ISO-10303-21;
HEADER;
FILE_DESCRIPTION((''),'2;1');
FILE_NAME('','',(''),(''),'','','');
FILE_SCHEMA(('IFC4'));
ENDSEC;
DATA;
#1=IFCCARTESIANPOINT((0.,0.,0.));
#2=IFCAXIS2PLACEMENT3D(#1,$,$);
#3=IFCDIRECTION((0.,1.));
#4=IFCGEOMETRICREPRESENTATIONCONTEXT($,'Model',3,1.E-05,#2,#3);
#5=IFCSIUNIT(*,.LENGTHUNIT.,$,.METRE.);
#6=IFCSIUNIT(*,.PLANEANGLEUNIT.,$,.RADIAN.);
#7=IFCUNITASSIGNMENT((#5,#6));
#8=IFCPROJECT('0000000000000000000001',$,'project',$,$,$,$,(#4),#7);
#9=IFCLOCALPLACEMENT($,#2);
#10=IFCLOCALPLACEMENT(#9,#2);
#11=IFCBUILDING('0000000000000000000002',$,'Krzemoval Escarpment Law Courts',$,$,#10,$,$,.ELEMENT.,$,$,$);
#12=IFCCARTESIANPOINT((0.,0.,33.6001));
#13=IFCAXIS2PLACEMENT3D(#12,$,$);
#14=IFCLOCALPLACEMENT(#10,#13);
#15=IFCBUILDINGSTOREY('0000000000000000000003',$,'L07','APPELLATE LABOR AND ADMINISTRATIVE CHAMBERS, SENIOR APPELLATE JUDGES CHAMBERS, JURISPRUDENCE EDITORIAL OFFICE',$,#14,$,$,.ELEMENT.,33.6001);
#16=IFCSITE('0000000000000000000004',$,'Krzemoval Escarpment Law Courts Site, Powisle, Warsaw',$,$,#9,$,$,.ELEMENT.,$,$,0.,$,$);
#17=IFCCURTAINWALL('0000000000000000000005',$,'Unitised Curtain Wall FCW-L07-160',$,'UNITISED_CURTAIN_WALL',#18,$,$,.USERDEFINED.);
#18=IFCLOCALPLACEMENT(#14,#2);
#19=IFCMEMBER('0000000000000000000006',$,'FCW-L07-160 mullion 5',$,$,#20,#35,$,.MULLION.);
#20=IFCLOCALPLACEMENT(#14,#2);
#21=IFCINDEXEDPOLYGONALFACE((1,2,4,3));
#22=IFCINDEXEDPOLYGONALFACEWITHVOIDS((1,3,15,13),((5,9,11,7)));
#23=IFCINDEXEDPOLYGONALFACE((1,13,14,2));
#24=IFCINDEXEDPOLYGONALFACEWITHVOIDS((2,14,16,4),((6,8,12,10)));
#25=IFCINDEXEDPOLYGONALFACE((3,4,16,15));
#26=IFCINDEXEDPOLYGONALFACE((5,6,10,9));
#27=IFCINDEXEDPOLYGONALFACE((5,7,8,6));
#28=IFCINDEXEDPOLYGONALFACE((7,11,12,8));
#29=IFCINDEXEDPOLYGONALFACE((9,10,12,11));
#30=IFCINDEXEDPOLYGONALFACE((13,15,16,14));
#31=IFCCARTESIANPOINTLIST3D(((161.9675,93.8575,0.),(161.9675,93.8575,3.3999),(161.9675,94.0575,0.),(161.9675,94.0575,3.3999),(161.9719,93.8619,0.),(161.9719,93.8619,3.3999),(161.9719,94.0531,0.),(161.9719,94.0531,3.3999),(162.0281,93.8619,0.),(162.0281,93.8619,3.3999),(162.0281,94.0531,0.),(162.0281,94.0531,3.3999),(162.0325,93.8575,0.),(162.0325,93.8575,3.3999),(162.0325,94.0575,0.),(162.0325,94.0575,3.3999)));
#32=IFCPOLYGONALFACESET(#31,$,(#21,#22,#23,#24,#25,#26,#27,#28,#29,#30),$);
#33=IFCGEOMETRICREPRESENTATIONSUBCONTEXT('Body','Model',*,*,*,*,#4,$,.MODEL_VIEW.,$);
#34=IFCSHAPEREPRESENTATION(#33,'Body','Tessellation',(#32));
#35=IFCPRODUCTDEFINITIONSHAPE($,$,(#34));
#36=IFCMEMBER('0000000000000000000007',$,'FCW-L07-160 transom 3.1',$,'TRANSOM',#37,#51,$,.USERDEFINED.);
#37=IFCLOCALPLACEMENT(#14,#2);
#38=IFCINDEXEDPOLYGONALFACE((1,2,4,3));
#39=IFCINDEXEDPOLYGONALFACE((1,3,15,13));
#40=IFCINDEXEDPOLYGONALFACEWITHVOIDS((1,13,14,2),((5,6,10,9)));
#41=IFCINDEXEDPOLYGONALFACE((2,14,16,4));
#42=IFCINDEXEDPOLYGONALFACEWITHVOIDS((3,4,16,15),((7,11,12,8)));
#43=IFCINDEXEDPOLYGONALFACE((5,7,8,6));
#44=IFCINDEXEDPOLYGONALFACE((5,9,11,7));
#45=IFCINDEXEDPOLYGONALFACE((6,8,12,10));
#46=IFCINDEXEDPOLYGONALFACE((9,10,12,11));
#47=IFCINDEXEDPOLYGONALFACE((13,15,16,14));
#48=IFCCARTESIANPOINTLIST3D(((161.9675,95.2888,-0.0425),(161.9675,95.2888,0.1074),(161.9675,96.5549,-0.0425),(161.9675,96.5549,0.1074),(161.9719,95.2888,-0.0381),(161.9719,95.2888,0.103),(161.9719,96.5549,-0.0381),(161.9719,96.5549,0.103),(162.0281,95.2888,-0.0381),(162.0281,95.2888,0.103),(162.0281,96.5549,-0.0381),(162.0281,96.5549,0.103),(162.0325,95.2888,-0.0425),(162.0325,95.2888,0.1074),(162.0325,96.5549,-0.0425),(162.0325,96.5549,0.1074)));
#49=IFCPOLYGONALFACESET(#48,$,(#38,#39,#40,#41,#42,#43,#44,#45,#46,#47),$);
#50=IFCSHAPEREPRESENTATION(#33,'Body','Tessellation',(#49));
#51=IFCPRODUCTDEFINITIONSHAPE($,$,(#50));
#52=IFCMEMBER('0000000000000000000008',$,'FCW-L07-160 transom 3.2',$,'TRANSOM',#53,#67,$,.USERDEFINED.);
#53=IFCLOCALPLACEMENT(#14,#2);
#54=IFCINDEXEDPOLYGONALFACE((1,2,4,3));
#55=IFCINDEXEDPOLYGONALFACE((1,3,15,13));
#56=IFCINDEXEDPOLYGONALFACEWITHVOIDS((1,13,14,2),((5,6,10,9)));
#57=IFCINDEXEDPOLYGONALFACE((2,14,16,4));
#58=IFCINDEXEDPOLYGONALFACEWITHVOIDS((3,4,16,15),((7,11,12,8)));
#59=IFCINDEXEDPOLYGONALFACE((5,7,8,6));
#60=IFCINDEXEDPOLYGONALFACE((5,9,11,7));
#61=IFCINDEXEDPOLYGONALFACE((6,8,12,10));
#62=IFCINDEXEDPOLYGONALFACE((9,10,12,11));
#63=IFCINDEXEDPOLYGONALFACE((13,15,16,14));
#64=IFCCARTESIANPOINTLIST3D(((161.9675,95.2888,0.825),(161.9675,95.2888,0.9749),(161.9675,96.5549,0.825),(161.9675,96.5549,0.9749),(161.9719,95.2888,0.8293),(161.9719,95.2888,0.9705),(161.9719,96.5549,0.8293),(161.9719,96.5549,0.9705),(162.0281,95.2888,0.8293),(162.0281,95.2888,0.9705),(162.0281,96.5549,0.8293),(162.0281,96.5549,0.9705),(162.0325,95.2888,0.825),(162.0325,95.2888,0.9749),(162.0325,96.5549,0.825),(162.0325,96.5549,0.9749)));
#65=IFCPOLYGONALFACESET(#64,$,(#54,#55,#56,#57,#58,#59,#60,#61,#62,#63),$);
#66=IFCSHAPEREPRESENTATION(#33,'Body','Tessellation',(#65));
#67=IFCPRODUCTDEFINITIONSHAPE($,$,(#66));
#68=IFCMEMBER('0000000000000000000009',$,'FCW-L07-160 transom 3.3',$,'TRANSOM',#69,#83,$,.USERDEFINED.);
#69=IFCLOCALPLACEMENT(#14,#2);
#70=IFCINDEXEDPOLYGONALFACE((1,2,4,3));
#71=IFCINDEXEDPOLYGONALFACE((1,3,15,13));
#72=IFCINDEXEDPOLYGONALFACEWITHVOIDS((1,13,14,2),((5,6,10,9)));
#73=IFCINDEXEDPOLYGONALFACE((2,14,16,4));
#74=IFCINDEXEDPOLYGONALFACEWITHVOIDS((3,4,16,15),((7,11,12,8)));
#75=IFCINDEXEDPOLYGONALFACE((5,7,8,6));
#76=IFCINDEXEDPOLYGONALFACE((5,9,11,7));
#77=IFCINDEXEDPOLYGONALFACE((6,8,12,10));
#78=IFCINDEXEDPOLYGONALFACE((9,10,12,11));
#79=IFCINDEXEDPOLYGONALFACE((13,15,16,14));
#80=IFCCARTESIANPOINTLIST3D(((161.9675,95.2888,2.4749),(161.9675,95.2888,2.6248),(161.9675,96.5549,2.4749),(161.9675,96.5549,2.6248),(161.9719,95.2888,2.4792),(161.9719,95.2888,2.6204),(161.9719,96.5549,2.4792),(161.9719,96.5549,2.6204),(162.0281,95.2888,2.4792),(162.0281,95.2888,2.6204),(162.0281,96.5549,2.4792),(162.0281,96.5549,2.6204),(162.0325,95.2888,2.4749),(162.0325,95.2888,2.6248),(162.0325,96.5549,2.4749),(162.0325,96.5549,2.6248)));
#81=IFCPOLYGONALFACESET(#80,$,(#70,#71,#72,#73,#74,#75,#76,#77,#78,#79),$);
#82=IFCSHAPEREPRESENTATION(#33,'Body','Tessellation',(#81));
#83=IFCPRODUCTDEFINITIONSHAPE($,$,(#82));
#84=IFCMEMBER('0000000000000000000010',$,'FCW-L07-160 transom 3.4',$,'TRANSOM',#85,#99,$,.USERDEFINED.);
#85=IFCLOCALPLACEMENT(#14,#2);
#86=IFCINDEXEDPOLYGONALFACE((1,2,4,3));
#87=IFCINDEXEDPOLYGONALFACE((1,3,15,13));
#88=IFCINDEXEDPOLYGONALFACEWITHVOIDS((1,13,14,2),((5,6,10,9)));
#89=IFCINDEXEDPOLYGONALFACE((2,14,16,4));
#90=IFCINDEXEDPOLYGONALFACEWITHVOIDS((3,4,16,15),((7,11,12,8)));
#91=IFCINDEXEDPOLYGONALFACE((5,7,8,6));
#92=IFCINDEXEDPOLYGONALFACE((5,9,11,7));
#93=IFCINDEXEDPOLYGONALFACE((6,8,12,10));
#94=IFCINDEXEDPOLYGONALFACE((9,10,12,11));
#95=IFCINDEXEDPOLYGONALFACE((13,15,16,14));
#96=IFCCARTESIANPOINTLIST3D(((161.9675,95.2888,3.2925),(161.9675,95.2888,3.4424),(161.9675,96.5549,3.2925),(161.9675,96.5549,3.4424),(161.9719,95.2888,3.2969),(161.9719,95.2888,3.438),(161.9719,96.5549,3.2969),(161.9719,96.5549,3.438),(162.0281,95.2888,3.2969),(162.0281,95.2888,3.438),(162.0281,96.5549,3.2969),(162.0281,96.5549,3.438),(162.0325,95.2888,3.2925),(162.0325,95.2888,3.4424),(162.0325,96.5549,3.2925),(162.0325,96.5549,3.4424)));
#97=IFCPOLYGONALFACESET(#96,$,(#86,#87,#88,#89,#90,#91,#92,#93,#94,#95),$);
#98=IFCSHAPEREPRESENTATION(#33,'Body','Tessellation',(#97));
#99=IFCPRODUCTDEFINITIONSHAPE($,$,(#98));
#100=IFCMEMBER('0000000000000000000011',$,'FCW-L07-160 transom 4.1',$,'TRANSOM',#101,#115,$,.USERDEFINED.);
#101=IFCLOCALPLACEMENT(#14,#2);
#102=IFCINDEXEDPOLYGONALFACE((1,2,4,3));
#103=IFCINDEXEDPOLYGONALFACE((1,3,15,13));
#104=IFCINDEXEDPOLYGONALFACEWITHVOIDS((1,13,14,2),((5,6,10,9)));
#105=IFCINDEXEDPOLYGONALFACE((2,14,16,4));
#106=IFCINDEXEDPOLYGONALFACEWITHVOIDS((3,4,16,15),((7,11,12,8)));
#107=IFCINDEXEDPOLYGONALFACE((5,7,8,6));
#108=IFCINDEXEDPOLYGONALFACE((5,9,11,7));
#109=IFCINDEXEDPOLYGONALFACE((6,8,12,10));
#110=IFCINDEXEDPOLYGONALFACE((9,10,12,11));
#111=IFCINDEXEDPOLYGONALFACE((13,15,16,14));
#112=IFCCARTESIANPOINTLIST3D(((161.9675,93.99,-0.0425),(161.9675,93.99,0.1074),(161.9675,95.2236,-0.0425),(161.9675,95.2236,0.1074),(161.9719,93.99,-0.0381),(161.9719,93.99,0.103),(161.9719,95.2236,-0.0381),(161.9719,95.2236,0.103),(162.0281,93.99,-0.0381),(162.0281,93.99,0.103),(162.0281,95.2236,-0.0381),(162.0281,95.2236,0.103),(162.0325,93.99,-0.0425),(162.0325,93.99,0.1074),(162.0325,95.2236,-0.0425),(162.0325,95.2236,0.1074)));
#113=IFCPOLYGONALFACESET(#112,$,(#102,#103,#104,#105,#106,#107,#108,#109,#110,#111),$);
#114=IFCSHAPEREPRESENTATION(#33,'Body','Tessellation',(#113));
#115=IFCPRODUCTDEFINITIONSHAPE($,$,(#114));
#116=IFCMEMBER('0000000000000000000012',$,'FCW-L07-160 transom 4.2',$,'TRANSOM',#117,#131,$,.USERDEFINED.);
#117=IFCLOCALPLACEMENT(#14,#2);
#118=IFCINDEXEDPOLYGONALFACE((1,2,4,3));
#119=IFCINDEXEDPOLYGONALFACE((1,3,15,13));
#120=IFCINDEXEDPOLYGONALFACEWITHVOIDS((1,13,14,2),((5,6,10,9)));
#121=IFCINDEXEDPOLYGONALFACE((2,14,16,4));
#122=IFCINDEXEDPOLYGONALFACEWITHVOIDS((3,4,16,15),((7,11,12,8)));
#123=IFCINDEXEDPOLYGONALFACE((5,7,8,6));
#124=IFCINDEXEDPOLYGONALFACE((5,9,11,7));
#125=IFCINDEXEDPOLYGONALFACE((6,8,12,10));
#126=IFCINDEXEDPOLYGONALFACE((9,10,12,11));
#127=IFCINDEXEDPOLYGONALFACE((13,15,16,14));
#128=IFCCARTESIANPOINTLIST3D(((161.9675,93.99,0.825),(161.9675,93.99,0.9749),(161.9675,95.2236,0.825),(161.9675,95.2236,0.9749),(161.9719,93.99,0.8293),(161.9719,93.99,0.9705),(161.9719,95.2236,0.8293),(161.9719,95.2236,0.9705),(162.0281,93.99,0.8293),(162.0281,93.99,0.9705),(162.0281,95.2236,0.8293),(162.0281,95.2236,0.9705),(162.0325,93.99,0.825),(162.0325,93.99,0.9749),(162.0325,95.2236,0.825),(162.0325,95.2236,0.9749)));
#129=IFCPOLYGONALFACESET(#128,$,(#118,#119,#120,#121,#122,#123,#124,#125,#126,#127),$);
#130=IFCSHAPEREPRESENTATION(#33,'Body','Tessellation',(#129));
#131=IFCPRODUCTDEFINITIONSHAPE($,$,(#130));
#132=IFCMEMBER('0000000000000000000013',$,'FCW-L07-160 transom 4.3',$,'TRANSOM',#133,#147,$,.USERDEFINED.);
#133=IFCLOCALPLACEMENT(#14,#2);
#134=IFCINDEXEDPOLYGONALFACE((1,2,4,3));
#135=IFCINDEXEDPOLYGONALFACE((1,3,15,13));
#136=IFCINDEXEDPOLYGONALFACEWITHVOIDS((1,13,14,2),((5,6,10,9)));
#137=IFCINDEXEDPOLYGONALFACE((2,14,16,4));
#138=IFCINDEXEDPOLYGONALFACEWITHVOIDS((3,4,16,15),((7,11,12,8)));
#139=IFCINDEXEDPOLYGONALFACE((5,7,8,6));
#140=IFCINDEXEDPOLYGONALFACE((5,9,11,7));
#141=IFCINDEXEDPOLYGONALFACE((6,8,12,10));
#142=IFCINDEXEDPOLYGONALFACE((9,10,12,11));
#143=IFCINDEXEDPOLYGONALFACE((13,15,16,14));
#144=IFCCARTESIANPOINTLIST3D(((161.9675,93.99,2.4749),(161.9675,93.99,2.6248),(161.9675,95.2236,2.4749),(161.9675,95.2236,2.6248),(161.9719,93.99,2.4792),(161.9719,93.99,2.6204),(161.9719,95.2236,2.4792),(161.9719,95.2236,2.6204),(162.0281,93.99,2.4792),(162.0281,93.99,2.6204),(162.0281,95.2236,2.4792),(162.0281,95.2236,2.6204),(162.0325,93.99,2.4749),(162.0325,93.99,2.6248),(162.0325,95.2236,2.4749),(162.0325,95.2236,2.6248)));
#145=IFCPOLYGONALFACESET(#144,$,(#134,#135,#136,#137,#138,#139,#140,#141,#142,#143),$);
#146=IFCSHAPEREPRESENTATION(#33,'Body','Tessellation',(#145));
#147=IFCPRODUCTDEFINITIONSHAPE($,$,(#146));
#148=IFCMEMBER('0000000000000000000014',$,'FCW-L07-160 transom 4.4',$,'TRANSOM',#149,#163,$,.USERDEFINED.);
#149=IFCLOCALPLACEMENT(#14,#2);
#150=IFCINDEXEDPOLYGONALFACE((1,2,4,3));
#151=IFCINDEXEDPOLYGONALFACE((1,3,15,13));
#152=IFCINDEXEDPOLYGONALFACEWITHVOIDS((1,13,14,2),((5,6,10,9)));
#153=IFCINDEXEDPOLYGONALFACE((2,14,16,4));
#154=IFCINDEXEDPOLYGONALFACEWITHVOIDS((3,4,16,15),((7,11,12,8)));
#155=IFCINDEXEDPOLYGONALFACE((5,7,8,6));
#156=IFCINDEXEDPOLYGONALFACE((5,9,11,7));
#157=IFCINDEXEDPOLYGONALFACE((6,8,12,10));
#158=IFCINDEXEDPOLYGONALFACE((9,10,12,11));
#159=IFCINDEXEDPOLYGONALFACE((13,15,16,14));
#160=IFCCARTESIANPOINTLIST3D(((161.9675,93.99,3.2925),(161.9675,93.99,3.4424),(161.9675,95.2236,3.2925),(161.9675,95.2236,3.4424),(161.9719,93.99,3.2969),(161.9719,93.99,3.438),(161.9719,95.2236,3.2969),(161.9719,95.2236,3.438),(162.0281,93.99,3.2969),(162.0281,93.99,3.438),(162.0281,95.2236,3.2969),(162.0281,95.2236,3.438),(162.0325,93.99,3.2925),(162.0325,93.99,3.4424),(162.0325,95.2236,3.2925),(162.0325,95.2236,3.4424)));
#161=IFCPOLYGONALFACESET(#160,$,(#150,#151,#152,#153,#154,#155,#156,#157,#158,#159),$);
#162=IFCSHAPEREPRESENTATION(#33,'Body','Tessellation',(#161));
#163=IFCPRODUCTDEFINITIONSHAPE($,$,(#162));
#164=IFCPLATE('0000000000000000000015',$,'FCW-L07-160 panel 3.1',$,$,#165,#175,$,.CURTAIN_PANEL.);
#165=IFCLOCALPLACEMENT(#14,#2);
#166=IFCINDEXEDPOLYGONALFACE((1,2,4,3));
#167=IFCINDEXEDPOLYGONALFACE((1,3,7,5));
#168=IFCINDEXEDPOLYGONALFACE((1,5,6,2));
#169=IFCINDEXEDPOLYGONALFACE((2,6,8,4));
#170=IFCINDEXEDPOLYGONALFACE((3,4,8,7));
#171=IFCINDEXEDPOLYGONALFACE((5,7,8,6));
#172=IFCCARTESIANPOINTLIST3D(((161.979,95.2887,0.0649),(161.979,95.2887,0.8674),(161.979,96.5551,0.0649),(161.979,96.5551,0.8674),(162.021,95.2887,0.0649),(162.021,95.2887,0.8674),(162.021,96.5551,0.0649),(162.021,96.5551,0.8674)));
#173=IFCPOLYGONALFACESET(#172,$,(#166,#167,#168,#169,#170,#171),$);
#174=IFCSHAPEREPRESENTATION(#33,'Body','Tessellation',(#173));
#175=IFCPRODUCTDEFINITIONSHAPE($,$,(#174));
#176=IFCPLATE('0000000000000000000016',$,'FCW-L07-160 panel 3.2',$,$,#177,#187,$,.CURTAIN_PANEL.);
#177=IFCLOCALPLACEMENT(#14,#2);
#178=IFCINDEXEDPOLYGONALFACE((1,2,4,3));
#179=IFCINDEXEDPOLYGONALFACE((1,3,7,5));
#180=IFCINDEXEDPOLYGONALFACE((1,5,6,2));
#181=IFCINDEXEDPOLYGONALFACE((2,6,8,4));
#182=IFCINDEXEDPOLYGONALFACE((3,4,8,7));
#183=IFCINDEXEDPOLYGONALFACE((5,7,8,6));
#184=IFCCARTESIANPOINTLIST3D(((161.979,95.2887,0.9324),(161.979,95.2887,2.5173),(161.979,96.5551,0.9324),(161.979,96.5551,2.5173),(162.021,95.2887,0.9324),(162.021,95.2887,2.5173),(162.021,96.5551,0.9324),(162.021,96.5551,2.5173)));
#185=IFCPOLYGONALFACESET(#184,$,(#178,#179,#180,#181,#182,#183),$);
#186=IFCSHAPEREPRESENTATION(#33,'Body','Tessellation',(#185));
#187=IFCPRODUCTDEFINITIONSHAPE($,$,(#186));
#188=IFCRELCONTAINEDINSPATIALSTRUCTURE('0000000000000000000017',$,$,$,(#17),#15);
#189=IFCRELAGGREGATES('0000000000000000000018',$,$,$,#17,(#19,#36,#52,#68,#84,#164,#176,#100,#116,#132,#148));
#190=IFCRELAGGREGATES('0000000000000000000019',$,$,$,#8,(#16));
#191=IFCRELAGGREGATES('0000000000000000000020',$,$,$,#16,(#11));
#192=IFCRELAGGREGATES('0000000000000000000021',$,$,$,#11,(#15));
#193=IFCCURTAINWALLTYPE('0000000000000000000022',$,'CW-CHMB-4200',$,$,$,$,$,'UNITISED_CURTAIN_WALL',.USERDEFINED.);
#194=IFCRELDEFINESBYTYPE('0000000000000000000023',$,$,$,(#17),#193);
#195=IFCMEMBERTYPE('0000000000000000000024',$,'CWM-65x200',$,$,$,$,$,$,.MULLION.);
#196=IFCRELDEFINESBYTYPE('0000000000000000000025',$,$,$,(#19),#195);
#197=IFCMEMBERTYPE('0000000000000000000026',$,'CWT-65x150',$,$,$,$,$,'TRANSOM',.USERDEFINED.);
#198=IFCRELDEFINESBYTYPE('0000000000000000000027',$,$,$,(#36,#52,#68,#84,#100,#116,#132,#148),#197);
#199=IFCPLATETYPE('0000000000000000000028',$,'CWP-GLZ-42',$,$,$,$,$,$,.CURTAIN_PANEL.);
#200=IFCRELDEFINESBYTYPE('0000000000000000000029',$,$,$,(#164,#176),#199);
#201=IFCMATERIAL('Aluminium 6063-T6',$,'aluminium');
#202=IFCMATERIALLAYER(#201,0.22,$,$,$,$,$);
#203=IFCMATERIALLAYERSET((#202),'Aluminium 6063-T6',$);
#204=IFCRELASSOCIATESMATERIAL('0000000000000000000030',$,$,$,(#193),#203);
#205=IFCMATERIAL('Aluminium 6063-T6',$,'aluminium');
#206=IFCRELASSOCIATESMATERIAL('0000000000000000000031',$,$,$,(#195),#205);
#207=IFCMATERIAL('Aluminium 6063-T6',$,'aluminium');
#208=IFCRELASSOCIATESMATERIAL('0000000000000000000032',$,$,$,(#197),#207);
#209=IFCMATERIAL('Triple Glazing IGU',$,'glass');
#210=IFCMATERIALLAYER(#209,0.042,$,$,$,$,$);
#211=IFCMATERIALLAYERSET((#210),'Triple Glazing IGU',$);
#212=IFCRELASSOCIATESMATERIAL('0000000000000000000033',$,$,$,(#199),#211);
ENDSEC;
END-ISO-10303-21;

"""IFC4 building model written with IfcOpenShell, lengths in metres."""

from ifc_helpers import new_model, si_unit, direction, frame, origin, origin_2d, place, context, subcontext, project, spatial, rectangle, hollow_rectangle, extrude, material, layer, layer_set, material_profile, profile_set, type_object, element, aggregate, save


model = new_model("IFC4")

# Units and contexts
model_context = context("Model", 3, precision=1e-05, world=origin(), true_north=direction((0.0, 1.0)))
body_context = subcontext(model_context, "Body", "Model", "MODEL_VIEW")
ifc_project = project(units=[si_unit("LENGTHUNIT", "METRE"), si_unit("PLANEANGLEUNIT", "RADIAN")], contexts=[model_context])

# Site, building, storey
site_placement = place(None, origin())
site = spatial("IfcSite", under=ifc_project, at=site_placement, Name="Krzemoval Escarpment Law Courts Site, Powisle, Warsaw", CompositionType="ELEMENT", RefElevation=0.0)
building_placement = place(site_placement, origin())
building = spatial("IfcBuilding", under=site, at=building_placement, Name="Krzemoval Escarpment Law Courts", CompositionType="ELEMENT")
storey_placement = place(building_placement, frame((0.0, 0.0, 33.6001)))
storey = spatial("IfcBuildingStorey", under=building, at=storey_placement, Name="L07", Description="APPELLATE LABOR AND ADMINISTRATIVE CHAMBERS, SENIOR APPELLATE JUDGES CHAMBERS, JURISPRUDENCE EDITORIAL OFFICE", CompositionType="ELEMENT", Elevation=33.6001)

# Curtain wall, members, plates
ifc_material_1 = material(Name="Aluminium 6063-T6", Category="aluminium")
ifc_layer_1 = layer(ifc_material_1, 0.22)
ifc_layer_set_1 = layer_set([ifc_layer_1], Name="Aluminium 6063-T6")
curtain_wall_type = type_object("IfcCurtainWallType", Name="CW-CHMB-4200", ElementType="UNITISED_CURTAIN_WALL", PredefinedType="USERDEFINED", material=ifc_layer_set_1)
curtain_wall_placement = place(storey_placement, origin())
curtain_wall = element("IfcCurtainWall", 1, at=curtain_wall_placement, inside=storey, type_object=curtain_wall_type, Name="Unitised Curtain Wall FCW-L07-160", ObjectType="UNITISED_CURTAIN_WALL", PredefinedType="USERDEFINED")
ifc_material_2 = material(Name="Aluminium 6063-T6", Category="aluminium")
ifc_material_profile_1 = material_profile(ifc_material_2, hollow_rectangle(XDim=0.0649, YDim=0.2, WallThickness=0.0044, at=origin_2d()), Name="ALU M65x200")
ifc_profile_set_1 = profile_set([ifc_material_profile_1], Name="Aluminium 6063-T6")
member_type_1 = type_object("IfcMemberType", Name="CWM-65x200", PredefinedType="MULLION", material=ifc_profile_set_1)
member_1_placement = place(storey_placement, frame((162.0, 93.9575, 0.0), z_axis=(0.0, 0.0, 1.0), x_axis=(1.0, 0.0, 0.0)))
member_1 = element("IfcMember", 2, at=member_1_placement, type_object=member_type_1, Name="FCW-L07-160 mullion 5", PredefinedType="MULLION", context=body_context, shape_type="SweptSolid", body=[
    extrude(hollow_rectangle(XDim=0.0649, YDim=0.2, WallThickness=0.0044, at=origin_2d()), origin(), (0.0, 0.0, 1.0), 3.3999),
])
ifc_material_3 = material(Name="Aluminium 6063-T6", Category="aluminium")
ifc_material_profile_2 = material_profile(ifc_material_3, hollow_rectangle(XDim=0.0649, YDim=0.1499, WallThickness=0.0044, at=origin_2d()), Name="ALU T65x150")
ifc_profile_set_2 = profile_set([ifc_material_profile_2], Name="Aluminium 6063-T6")
member_type_2 = type_object("IfcMemberType", Name="CWT-65x150", ElementType="TRANSOM", PredefinedType="USERDEFINED", material=ifc_profile_set_2)
member_2_placement = place(storey_placement, frame((162.0, 96.5549, 0.0325), z_axis=(0.0, -1.0, 0.0), x_axis=(1.0, 0.0, 0.0)))
member_2 = element("IfcMember", 3, at=member_2_placement, type_object=member_type_2, Name="FCW-L07-160 transom 3.1", ObjectType="TRANSOM", PredefinedType="USERDEFINED", context=body_context, shape_type="SweptSolid", body=[
    extrude(hollow_rectangle(XDim=0.0649, YDim=0.1499, WallThickness=0.0044, at=origin_2d()), origin(), (0.0, 0.0, 1.0), 1.2661),
])
member_3_placement = place(storey_placement, frame((162.0, 96.5549, 0.8999), z_axis=(0.0, -1.0, 0.0), x_axis=(1.0, 0.0, 0.0)))
member_3 = element("IfcMember", 4, at=member_3_placement, type_object=member_type_2, Name="FCW-L07-160 transom 3.2", ObjectType="TRANSOM", PredefinedType="USERDEFINED", context=body_context, shape_type="SweptSolid", body=[
    extrude(hollow_rectangle(XDim=0.0649, YDim=0.1499, WallThickness=0.0044, at=origin_2d()), origin(), (0.0, 0.0, 1.0), 1.2661),
])
member_4_placement = place(storey_placement, frame((162.0, 96.5549, 2.5498), z_axis=(0.0, -1.0, 0.0), x_axis=(1.0, 0.0, 0.0)))
member_4 = element("IfcMember", 5, at=member_4_placement, type_object=member_type_2, Name="FCW-L07-160 transom 3.3", ObjectType="TRANSOM", PredefinedType="USERDEFINED", context=body_context, shape_type="SweptSolid", body=[
    extrude(hollow_rectangle(XDim=0.0649, YDim=0.1499, WallThickness=0.0044, at=origin_2d()), origin(), (0.0, 0.0, 1.0), 1.2661),
])
member_5_placement = place(storey_placement, frame((162.0, 96.5549, 3.3674), z_axis=(0.0, -1.0, 0.0), x_axis=(1.0, 0.0, 0.0)))
member_5 = element("IfcMember", 6, at=member_5_placement, type_object=member_type_2, Name="FCW-L07-160 transom 3.4", ObjectType="TRANSOM", PredefinedType="USERDEFINED", context=body_context, shape_type="SweptSolid", body=[
    extrude(hollow_rectangle(XDim=0.0649, YDim=0.1499, WallThickness=0.0044, at=origin_2d()), origin(), (0.0, 0.0, 1.0), 1.2661),
])
member_6_placement = place(storey_placement, frame((162.0, 95.2236, 0.0325), z_axis=(0.0, -1.0, 0.0), x_axis=(1.0, 0.0, 0.0)))
member_6 = element("IfcMember", 7, at=member_6_placement, type_object=member_type_2, Name="FCW-L07-160 transom 4.1", ObjectType="TRANSOM", PredefinedType="USERDEFINED", context=body_context, shape_type="SweptSolid", body=[
    extrude(hollow_rectangle(XDim=0.0649, YDim=0.1499, WallThickness=0.0044, at=origin_2d()), origin(), (0.0, 0.0, 1.0), 1.2336),
])
member_7_placement = place(storey_placement, frame((162.0, 95.2236, 0.8999), z_axis=(0.0, -1.0, 0.0), x_axis=(1.0, 0.0, 0.0)))
member_7 = element("IfcMember", 8, at=member_7_placement, type_object=member_type_2, Name="FCW-L07-160 transom 4.2", ObjectType="TRANSOM", PredefinedType="USERDEFINED", context=body_context, shape_type="SweptSolid", body=[
    extrude(hollow_rectangle(XDim=0.0649, YDim=0.1499, WallThickness=0.0044, at=origin_2d()), origin(), (0.0, 0.0, 1.0), 1.2336),
])
member_8_placement = place(storey_placement, frame((162.0, 95.2236, 2.5498), z_axis=(0.0, -1.0, 0.0), x_axis=(1.0, 0.0, 0.0)))
member_8 = element("IfcMember", 9, at=member_8_placement, type_object=member_type_2, Name="FCW-L07-160 transom 4.3", ObjectType="TRANSOM", PredefinedType="USERDEFINED", context=body_context, shape_type="SweptSolid", body=[
    extrude(hollow_rectangle(XDim=0.0649, YDim=0.1499, WallThickness=0.0044, at=origin_2d()), origin(), (0.0, 0.0, 1.0), 1.2336),
])
member_9_placement = place(storey_placement, frame((162.0, 95.2236, 3.3674), z_axis=(0.0, -1.0, 0.0), x_axis=(1.0, 0.0, 0.0)))
member_9 = element("IfcMember", 10, at=member_9_placement, type_object=member_type_2, Name="FCW-L07-160 transom 4.4", ObjectType="TRANSOM", PredefinedType="USERDEFINED", context=body_context, shape_type="SweptSolid", body=[
    extrude(hollow_rectangle(XDim=0.0649, YDim=0.1499, WallThickness=0.0044, at=origin_2d()), origin(), (0.0, 0.0, 1.0), 1.2336),
])
ifc_material_4 = material(Name="Triple Glazing IGU", Category="glass")
ifc_layer_2 = layer(ifc_material_4, 0.042)
ifc_layer_set_2 = layer_set([ifc_layer_2], Name="Triple Glazing IGU")
plate_type = type_object("IfcPlateType", Name="CWP-GLZ-42", PredefinedType="CURTAIN_PANEL", material=ifc_layer_set_2)
plate_1_placement = place(storey_placement, frame((162.0, 95.9219, 0.0649), z_axis=(0.0, 0.0, 1.0), x_axis=(0.0, -1.0, 0.0)))
plate_1 = element("IfcPlate", 11, at=plate_1_placement, type_object=plate_type, Name="FCW-L07-160 panel 3.1", PredefinedType="CURTAIN_PANEL", context=body_context, shape_type="SweptSolid", body=[
    extrude(rectangle(XDim=1.2664, YDim=0.042, at=origin_2d()), origin(), (0.0, 0.0, 1.0), 0.8025),
])
plate_2_placement = place(storey_placement, frame((162.0, 95.9219, 0.9324), z_axis=(0.0, 0.0, 1.0), x_axis=(0.0, -1.0, 0.0)))
plate_2 = element("IfcPlate", 12, at=plate_2_placement, type_object=plate_type, Name="FCW-L07-160 panel 3.2", PredefinedType="CURTAIN_PANEL", context=body_context, shape_type="SweptSolid", body=[
    extrude(rectangle(XDim=1.2664, YDim=0.042, at=origin_2d()), origin(), (0.0, 0.0, 1.0), 1.585),
])
aggregate(curtain_wall, [member_1, member_2, member_3, member_4, member_5, plate_1, plate_2, member_6, member_7, member_8, member_9])

save(model, "model.ifc")
